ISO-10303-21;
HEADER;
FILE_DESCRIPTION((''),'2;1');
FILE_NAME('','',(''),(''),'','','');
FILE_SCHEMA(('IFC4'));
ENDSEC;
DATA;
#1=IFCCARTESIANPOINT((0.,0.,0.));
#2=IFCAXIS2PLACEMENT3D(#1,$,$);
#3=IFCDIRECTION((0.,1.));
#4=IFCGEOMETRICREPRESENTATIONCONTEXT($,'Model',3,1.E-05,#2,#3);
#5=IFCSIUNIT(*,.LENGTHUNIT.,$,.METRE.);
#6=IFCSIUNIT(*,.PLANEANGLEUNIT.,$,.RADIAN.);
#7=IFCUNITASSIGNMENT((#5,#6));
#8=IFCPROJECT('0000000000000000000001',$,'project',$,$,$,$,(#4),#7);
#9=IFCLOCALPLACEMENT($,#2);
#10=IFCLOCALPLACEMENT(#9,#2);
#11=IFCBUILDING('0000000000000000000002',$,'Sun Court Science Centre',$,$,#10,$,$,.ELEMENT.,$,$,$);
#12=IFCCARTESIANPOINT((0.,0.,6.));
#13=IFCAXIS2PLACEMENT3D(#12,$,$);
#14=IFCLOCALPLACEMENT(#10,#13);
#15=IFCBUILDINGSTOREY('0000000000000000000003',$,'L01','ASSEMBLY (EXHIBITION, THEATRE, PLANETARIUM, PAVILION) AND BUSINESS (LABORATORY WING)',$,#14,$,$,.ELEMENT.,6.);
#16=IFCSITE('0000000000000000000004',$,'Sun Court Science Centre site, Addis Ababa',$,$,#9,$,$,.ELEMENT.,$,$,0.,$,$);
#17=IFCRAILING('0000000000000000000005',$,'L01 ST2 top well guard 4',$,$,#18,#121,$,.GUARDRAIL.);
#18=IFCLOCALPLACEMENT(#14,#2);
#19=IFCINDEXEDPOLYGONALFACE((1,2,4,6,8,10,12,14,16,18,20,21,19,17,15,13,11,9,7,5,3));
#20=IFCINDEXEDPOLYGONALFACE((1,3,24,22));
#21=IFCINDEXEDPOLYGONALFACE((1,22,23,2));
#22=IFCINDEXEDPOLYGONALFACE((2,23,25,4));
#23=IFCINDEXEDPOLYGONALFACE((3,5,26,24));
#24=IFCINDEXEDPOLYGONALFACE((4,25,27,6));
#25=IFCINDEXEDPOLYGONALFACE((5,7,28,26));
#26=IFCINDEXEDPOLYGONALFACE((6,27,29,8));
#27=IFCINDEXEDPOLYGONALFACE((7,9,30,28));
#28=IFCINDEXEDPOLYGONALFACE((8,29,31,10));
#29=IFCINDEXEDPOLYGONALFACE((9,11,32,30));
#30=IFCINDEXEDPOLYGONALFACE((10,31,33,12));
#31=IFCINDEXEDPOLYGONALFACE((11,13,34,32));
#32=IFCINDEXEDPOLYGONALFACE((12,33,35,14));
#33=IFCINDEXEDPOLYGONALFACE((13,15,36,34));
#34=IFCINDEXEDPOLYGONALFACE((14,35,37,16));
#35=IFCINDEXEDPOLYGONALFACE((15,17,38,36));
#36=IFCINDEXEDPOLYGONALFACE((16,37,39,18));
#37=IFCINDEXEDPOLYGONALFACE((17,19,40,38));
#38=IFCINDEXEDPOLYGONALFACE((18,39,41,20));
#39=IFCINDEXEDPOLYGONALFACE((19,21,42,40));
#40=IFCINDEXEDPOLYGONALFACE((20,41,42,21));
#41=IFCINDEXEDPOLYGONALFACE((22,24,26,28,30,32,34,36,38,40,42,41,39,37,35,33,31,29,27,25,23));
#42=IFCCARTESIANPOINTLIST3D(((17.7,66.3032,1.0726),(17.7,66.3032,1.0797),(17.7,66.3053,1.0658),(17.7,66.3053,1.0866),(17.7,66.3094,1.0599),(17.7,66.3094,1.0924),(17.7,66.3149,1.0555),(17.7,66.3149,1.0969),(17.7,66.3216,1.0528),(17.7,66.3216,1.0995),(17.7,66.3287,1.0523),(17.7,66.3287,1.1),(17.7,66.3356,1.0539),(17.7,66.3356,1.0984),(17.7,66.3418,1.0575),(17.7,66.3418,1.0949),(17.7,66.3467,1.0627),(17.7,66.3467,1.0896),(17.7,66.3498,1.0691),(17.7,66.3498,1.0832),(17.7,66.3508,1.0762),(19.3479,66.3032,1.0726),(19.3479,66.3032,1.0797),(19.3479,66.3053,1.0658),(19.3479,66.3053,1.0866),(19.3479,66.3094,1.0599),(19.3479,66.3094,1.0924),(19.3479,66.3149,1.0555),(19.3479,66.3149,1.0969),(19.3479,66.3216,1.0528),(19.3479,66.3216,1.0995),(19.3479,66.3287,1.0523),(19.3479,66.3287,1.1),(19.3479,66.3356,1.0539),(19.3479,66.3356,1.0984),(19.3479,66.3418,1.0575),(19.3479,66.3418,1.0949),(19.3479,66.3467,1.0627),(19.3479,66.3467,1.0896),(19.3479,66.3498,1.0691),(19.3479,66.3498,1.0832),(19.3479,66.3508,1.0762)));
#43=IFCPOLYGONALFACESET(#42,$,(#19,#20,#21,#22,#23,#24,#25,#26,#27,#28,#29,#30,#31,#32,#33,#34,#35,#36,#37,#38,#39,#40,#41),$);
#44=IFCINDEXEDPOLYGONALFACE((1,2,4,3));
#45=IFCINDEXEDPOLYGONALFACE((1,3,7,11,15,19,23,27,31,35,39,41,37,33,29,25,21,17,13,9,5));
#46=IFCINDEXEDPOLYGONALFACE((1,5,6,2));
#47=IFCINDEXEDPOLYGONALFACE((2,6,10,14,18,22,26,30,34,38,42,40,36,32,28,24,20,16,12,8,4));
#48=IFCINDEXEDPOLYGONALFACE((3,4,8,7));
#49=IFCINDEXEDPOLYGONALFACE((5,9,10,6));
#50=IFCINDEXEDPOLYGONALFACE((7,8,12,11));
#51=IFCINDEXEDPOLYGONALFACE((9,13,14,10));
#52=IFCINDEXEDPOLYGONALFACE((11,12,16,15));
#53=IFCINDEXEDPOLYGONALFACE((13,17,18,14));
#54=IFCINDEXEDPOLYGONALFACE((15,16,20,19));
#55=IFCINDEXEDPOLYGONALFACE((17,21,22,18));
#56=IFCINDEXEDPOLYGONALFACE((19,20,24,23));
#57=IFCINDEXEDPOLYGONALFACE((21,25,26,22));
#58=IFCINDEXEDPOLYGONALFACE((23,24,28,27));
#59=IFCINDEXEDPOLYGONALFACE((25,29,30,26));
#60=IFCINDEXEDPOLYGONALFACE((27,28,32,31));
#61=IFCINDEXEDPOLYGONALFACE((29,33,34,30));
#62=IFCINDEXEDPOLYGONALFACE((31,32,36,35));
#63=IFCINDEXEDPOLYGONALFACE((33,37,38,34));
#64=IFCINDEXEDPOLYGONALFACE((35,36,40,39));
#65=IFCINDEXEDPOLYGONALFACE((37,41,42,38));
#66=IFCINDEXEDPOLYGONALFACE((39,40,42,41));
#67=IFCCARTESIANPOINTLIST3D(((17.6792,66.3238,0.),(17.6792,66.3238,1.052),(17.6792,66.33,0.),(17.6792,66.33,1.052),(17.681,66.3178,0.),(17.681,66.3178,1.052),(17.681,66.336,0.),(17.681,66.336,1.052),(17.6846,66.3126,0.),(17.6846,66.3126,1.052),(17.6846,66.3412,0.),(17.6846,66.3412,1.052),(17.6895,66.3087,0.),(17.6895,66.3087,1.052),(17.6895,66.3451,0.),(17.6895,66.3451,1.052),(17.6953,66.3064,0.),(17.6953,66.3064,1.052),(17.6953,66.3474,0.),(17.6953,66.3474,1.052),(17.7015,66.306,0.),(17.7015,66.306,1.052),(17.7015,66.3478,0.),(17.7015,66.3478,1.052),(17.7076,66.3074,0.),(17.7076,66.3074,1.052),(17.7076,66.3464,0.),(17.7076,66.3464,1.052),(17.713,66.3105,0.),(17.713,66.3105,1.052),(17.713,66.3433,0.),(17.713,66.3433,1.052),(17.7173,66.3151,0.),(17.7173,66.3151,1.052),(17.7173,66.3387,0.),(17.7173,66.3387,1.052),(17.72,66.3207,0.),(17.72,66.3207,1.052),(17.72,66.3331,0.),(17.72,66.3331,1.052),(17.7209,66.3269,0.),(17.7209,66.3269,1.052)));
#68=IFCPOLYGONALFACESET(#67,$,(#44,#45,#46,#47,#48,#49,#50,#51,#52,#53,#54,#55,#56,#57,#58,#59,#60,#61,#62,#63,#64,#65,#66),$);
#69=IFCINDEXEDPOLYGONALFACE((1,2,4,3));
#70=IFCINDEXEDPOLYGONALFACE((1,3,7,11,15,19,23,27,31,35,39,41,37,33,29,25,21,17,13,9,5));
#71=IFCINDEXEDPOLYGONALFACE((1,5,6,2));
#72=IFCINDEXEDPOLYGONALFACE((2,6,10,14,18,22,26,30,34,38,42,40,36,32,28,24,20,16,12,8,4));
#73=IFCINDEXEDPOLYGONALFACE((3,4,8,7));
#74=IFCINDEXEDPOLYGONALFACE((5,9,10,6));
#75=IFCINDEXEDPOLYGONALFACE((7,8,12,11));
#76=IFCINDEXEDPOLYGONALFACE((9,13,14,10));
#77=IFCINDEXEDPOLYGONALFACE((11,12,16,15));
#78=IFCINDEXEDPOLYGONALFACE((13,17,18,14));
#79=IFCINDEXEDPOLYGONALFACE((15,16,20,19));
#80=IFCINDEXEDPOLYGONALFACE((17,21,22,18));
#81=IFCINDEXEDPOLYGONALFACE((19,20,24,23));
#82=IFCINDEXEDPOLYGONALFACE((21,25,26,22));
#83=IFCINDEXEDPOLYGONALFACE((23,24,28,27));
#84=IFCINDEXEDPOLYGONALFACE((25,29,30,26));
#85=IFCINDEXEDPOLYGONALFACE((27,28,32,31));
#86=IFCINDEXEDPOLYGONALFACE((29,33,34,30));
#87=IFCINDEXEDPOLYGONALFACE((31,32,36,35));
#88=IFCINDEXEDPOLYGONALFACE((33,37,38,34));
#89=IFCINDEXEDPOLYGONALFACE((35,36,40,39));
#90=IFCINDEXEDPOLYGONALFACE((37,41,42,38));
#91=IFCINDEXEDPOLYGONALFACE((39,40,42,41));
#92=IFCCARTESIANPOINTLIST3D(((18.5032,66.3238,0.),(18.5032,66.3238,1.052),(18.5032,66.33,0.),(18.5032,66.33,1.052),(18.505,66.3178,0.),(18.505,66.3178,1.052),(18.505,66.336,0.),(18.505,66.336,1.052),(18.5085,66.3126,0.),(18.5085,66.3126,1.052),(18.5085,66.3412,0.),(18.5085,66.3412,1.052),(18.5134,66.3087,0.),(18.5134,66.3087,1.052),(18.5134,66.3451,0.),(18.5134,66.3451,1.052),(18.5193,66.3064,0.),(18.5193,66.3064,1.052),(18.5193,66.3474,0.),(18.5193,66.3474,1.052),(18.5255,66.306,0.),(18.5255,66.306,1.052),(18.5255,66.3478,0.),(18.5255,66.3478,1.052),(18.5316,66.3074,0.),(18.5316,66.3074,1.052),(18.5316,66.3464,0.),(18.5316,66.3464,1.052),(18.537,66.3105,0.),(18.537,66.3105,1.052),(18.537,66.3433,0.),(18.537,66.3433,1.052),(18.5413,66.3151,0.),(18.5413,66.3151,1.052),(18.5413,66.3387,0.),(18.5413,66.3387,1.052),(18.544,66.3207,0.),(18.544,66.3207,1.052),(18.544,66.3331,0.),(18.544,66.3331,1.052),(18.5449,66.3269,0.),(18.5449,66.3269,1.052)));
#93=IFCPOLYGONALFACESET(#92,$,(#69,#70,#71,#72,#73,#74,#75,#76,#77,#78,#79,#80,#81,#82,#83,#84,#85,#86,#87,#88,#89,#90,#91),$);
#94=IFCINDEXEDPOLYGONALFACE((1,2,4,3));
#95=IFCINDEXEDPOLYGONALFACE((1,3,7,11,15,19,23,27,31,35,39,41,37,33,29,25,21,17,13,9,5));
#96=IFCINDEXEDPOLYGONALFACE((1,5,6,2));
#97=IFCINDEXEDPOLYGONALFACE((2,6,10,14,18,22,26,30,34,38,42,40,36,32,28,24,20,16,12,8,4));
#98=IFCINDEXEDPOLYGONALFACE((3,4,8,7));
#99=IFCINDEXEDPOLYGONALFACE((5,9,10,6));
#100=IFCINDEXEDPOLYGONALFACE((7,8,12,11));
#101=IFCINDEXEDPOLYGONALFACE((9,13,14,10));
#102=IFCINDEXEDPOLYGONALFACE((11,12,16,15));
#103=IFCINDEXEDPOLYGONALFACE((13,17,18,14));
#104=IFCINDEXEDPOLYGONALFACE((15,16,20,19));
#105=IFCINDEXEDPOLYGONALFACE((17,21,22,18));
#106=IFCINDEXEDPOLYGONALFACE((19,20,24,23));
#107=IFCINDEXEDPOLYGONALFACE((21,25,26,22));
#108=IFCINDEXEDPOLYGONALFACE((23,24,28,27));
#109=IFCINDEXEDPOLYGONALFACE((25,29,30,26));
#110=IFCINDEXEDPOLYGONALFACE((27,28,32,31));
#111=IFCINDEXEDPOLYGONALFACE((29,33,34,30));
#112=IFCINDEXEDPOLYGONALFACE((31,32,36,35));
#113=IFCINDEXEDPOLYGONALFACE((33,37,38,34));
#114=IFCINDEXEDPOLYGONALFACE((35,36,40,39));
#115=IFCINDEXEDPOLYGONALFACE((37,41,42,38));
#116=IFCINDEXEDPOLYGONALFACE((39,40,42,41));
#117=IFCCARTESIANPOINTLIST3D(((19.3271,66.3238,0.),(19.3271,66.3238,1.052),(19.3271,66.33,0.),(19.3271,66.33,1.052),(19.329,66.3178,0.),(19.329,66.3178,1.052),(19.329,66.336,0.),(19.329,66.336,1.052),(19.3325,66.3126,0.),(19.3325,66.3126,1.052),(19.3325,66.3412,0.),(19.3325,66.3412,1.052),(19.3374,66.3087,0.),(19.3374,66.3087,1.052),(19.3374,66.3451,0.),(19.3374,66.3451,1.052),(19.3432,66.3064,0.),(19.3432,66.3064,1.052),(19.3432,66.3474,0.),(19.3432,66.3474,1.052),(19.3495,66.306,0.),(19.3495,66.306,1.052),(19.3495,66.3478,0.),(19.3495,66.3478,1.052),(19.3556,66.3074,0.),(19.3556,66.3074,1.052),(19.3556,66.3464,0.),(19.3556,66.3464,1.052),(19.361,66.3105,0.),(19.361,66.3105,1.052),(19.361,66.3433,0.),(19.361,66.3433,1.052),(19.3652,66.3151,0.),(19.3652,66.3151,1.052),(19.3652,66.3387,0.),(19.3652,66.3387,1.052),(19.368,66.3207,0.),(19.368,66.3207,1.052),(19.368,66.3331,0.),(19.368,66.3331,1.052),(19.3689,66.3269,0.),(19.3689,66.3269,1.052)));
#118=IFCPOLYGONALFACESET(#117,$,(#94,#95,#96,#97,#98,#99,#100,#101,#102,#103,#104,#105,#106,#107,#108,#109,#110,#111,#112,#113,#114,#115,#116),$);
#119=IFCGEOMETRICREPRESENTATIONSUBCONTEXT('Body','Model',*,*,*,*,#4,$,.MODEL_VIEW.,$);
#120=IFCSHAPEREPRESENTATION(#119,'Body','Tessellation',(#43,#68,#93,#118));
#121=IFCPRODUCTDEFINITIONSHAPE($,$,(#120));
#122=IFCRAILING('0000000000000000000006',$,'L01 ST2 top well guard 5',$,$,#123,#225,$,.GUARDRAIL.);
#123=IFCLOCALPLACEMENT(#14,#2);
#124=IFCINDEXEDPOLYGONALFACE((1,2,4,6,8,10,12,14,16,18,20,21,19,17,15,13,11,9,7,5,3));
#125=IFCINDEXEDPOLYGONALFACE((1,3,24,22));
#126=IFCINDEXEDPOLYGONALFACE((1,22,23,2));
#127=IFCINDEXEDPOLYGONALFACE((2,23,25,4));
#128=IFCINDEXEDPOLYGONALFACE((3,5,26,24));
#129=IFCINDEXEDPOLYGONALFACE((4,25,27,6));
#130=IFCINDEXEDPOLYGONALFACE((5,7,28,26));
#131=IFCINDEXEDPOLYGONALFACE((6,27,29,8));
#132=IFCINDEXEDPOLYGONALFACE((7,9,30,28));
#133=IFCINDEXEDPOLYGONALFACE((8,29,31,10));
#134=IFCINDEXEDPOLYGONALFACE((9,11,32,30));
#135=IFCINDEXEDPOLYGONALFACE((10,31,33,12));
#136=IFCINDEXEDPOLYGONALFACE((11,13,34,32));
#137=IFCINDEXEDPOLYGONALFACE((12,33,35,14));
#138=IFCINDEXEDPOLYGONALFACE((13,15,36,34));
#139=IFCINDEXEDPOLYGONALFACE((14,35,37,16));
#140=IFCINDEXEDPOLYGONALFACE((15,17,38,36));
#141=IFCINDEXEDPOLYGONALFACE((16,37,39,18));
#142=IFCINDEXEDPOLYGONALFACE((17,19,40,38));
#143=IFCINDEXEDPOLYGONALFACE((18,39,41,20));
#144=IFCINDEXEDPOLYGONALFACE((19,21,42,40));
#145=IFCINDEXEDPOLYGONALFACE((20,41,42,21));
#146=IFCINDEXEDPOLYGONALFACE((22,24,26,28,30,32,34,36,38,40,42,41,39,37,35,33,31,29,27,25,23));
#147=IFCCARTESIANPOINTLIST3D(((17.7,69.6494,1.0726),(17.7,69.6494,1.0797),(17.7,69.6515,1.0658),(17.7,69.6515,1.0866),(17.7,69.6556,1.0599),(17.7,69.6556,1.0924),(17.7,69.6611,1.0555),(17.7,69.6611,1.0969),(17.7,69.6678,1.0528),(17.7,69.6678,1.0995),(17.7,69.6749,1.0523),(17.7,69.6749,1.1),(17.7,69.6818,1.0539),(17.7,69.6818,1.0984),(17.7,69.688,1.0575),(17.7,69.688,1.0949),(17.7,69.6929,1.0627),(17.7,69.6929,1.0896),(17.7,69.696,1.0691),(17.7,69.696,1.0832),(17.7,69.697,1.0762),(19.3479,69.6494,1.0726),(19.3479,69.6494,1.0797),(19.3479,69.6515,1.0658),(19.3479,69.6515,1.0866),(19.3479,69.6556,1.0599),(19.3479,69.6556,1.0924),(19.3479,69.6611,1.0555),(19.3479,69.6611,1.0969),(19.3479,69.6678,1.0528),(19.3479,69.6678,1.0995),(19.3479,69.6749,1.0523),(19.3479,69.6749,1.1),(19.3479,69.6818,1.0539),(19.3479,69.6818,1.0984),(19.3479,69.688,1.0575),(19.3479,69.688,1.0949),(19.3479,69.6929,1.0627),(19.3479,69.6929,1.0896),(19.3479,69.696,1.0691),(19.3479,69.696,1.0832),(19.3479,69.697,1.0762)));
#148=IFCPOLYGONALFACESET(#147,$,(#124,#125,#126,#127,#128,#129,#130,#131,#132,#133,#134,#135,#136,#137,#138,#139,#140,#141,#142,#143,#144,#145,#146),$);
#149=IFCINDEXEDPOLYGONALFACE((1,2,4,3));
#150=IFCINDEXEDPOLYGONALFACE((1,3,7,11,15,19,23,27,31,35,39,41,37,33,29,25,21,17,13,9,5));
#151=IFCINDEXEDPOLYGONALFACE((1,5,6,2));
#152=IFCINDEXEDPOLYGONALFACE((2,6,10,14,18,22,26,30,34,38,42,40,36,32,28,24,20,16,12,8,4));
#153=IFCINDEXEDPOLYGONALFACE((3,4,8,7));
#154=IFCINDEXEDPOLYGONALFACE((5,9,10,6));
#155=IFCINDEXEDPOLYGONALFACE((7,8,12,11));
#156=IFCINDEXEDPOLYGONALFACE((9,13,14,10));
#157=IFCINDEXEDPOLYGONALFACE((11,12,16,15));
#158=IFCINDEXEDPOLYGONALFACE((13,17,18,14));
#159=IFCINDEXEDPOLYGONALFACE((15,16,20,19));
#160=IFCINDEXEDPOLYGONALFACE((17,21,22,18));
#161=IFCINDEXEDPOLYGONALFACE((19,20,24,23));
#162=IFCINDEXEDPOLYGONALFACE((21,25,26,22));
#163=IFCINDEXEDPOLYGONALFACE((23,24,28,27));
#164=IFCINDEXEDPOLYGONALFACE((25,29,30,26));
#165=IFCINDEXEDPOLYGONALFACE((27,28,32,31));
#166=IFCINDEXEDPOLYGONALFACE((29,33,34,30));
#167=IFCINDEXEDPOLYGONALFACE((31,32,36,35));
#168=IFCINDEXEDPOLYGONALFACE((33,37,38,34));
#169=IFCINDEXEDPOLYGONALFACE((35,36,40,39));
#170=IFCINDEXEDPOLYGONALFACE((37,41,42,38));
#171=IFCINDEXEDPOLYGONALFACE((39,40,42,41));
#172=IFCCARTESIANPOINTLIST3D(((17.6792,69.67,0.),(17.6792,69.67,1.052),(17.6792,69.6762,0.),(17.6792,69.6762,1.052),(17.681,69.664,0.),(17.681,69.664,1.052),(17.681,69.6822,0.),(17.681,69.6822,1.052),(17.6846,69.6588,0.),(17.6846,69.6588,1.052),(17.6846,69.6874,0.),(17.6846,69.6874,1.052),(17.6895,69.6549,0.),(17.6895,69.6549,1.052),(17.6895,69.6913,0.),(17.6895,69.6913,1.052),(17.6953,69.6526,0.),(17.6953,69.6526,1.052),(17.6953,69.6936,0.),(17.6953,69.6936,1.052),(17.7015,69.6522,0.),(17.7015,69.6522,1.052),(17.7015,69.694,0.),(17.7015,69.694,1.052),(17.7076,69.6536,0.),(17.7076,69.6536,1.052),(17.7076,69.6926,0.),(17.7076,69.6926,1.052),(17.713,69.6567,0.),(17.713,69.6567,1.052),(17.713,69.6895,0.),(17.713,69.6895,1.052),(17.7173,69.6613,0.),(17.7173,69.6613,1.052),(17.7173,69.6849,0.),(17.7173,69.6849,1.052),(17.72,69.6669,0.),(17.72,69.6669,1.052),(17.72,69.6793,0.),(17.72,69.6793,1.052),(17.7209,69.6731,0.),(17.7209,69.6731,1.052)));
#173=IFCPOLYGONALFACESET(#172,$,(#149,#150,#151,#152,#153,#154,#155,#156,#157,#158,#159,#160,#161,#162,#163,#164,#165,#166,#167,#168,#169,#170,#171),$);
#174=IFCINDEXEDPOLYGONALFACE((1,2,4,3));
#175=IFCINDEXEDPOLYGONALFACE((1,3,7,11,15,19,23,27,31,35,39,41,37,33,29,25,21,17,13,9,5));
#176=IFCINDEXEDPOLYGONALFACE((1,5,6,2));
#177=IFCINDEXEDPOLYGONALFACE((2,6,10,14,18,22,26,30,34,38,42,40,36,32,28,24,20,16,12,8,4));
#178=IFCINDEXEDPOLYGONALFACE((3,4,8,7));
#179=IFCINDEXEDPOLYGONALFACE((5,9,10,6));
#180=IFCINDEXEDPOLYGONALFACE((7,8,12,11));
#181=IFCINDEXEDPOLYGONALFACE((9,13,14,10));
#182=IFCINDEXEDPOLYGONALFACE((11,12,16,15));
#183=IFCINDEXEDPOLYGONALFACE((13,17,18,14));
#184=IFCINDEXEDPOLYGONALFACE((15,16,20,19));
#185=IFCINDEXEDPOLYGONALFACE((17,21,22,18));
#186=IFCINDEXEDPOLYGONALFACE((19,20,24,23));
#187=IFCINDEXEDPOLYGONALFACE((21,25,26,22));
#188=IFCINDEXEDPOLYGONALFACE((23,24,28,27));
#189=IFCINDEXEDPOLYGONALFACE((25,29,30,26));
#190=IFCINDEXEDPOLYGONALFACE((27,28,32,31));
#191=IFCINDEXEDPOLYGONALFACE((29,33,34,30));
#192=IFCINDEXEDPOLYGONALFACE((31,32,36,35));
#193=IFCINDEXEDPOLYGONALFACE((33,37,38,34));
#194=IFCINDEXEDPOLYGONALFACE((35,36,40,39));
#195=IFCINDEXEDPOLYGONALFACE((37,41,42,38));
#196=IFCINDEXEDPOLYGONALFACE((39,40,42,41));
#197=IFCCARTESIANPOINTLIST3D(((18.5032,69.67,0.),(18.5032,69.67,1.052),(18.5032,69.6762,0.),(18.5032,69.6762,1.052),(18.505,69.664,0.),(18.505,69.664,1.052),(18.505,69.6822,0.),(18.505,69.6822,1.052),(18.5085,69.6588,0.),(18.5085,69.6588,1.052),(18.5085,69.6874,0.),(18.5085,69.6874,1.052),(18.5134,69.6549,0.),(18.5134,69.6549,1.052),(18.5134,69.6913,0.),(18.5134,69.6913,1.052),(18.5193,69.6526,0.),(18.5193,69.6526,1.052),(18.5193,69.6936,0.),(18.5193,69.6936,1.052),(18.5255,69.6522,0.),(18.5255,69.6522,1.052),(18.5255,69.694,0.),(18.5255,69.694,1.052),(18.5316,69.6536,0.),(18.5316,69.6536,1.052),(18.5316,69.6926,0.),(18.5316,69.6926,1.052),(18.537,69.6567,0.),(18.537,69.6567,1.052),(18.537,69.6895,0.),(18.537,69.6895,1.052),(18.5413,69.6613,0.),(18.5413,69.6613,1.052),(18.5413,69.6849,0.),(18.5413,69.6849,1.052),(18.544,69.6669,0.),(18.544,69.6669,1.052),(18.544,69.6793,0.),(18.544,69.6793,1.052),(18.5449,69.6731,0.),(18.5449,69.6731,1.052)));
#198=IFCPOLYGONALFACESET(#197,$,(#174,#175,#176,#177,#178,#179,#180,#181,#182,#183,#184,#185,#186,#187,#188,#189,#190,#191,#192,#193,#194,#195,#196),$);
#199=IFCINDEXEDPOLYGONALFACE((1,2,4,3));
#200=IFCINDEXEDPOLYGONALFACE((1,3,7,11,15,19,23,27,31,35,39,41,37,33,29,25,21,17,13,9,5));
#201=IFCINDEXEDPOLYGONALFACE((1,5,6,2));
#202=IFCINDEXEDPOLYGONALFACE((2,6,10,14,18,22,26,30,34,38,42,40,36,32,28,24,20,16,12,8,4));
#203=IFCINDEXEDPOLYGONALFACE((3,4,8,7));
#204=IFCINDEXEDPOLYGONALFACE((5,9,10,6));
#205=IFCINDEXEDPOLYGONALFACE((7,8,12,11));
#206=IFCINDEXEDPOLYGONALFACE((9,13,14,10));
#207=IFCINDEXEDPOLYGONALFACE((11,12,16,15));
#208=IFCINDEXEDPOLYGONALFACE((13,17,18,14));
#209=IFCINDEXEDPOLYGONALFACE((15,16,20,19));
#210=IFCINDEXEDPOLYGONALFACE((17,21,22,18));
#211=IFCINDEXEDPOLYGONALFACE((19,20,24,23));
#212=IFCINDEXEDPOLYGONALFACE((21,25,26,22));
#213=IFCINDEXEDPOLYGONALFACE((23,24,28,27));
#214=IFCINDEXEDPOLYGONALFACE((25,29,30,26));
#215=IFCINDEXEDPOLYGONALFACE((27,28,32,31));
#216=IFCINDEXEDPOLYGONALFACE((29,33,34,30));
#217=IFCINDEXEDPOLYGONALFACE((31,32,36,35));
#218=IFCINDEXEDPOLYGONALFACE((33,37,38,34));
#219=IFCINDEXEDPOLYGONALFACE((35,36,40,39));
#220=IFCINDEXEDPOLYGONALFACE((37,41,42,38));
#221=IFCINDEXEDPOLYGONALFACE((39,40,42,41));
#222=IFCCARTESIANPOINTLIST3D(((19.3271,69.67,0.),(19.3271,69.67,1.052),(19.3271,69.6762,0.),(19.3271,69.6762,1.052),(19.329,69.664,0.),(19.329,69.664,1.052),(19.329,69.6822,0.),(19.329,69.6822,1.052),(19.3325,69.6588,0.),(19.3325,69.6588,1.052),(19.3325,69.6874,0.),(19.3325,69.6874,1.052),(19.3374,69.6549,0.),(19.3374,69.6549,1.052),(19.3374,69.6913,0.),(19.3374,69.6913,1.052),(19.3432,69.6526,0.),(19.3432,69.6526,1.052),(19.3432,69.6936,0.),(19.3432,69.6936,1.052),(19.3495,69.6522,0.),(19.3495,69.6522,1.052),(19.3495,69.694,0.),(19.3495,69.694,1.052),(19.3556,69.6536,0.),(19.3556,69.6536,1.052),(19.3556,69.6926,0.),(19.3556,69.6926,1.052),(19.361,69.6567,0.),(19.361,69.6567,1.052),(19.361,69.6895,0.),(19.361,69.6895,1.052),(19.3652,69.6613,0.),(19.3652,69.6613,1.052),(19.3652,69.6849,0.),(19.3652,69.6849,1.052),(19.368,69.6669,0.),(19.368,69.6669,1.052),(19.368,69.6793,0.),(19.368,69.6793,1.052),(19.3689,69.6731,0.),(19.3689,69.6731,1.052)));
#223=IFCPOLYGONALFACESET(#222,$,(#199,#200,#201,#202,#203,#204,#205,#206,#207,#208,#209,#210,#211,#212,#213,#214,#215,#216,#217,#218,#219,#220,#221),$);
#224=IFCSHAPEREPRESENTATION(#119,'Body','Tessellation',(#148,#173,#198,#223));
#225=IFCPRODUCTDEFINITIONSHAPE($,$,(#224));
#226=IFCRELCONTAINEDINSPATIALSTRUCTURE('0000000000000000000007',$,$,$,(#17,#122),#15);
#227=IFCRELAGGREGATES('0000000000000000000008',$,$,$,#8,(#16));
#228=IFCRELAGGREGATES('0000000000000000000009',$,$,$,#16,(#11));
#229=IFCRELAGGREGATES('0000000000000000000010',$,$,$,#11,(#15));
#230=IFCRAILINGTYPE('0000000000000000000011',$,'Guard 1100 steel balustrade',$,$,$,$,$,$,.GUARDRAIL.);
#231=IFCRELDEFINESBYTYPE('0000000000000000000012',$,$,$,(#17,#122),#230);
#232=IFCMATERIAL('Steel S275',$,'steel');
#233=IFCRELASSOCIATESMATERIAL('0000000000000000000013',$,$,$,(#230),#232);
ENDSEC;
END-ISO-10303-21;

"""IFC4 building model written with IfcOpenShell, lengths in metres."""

from ifc_helpers import new_model, si_unit, direction, frame, origin, origin_2d, place, context, subcontext, project, spatial, circle, extrude, material, type_object, element, save


model = new_model("IFC4")

# Units and contexts
model_context = context("Model", 3, precision=1e-05, world=origin(), true_north=direction((0.0, 1.0)))
body_context = subcontext(model_context, "Body", "Model", "MODEL_VIEW")
ifc_project = project(units=[si_unit("LENGTHUNIT", "METRE"), si_unit("PLANEANGLEUNIT", "RADIAN")], contexts=[model_context])

# Site, building, storey
site_placement = place(None, origin())
site = spatial("IfcSite", under=ifc_project, at=site_placement, Name="Sun Court Science Centre site, Addis Ababa", CompositionType="ELEMENT", RefElevation=0.0)
building_placement = place(site_placement, origin())
building = spatial("IfcBuilding", under=site, at=building_placement, Name="Sun Court Science Centre", CompositionType="ELEMENT")
storey_placement = place(building_placement, frame((0.0, 0.0, 6.0)))
storey = spatial("IfcBuildingStorey", under=building, at=storey_placement, Name="L01", Description="ASSEMBLY (EXHIBITION, THEATRE, PLANETARIUM, PAVILION) AND BUSINESS (LABORATORY WING)", CompositionType="ELEMENT", Elevation=6.0)

# Railings
ifc_material_1 = material(Name="Steel S275", Category="steel")
railing_type = type_object("IfcRailingType", Name="Guard 1100 steel balustrade", PredefinedType="GUARDRAIL", material=ifc_material_1)
for number, where, name in (
    (1, (17.7, 66.3269, 0.0), "L01 ST2 top well guard 4"),
    (2, (17.7, 69.6731, 0.0), "L01 ST2 top well guard 5"),
):
    element("IfcRailing", number, at=place(storey_placement, frame(where)), inside=storey, type_object=railing_type, Name=name, PredefinedType="GUARDRAIL", context=body_context, shape_type="SweptSolid", body=[
        extrude(circle(Radius=0.0239, at=origin_2d()), frame((0.0, 0.0, 1.0762), z_axis=(1.0, 0.0, 0.0), x_axis=(0.0, 1.0, 0.0)), (0.0, 0.0, 1.0), 1.6479),
        extrude(circle(Radius=0.021, at=origin_2d()), origin(), (0.0, 0.0, 1.0), 1.052),
        extrude(circle(Radius=0.021, at=origin_2d()), frame((0.824, 0.0, 0.0)), (0.0, 0.0, 1.0), 1.052),
        extrude(circle(Radius=0.021, at=origin_2d()), frame((1.6479, 0.0, 0.0)), (0.0, 0.0, 1.0), 1.052),
    ])

save(model, "model.ifc")
